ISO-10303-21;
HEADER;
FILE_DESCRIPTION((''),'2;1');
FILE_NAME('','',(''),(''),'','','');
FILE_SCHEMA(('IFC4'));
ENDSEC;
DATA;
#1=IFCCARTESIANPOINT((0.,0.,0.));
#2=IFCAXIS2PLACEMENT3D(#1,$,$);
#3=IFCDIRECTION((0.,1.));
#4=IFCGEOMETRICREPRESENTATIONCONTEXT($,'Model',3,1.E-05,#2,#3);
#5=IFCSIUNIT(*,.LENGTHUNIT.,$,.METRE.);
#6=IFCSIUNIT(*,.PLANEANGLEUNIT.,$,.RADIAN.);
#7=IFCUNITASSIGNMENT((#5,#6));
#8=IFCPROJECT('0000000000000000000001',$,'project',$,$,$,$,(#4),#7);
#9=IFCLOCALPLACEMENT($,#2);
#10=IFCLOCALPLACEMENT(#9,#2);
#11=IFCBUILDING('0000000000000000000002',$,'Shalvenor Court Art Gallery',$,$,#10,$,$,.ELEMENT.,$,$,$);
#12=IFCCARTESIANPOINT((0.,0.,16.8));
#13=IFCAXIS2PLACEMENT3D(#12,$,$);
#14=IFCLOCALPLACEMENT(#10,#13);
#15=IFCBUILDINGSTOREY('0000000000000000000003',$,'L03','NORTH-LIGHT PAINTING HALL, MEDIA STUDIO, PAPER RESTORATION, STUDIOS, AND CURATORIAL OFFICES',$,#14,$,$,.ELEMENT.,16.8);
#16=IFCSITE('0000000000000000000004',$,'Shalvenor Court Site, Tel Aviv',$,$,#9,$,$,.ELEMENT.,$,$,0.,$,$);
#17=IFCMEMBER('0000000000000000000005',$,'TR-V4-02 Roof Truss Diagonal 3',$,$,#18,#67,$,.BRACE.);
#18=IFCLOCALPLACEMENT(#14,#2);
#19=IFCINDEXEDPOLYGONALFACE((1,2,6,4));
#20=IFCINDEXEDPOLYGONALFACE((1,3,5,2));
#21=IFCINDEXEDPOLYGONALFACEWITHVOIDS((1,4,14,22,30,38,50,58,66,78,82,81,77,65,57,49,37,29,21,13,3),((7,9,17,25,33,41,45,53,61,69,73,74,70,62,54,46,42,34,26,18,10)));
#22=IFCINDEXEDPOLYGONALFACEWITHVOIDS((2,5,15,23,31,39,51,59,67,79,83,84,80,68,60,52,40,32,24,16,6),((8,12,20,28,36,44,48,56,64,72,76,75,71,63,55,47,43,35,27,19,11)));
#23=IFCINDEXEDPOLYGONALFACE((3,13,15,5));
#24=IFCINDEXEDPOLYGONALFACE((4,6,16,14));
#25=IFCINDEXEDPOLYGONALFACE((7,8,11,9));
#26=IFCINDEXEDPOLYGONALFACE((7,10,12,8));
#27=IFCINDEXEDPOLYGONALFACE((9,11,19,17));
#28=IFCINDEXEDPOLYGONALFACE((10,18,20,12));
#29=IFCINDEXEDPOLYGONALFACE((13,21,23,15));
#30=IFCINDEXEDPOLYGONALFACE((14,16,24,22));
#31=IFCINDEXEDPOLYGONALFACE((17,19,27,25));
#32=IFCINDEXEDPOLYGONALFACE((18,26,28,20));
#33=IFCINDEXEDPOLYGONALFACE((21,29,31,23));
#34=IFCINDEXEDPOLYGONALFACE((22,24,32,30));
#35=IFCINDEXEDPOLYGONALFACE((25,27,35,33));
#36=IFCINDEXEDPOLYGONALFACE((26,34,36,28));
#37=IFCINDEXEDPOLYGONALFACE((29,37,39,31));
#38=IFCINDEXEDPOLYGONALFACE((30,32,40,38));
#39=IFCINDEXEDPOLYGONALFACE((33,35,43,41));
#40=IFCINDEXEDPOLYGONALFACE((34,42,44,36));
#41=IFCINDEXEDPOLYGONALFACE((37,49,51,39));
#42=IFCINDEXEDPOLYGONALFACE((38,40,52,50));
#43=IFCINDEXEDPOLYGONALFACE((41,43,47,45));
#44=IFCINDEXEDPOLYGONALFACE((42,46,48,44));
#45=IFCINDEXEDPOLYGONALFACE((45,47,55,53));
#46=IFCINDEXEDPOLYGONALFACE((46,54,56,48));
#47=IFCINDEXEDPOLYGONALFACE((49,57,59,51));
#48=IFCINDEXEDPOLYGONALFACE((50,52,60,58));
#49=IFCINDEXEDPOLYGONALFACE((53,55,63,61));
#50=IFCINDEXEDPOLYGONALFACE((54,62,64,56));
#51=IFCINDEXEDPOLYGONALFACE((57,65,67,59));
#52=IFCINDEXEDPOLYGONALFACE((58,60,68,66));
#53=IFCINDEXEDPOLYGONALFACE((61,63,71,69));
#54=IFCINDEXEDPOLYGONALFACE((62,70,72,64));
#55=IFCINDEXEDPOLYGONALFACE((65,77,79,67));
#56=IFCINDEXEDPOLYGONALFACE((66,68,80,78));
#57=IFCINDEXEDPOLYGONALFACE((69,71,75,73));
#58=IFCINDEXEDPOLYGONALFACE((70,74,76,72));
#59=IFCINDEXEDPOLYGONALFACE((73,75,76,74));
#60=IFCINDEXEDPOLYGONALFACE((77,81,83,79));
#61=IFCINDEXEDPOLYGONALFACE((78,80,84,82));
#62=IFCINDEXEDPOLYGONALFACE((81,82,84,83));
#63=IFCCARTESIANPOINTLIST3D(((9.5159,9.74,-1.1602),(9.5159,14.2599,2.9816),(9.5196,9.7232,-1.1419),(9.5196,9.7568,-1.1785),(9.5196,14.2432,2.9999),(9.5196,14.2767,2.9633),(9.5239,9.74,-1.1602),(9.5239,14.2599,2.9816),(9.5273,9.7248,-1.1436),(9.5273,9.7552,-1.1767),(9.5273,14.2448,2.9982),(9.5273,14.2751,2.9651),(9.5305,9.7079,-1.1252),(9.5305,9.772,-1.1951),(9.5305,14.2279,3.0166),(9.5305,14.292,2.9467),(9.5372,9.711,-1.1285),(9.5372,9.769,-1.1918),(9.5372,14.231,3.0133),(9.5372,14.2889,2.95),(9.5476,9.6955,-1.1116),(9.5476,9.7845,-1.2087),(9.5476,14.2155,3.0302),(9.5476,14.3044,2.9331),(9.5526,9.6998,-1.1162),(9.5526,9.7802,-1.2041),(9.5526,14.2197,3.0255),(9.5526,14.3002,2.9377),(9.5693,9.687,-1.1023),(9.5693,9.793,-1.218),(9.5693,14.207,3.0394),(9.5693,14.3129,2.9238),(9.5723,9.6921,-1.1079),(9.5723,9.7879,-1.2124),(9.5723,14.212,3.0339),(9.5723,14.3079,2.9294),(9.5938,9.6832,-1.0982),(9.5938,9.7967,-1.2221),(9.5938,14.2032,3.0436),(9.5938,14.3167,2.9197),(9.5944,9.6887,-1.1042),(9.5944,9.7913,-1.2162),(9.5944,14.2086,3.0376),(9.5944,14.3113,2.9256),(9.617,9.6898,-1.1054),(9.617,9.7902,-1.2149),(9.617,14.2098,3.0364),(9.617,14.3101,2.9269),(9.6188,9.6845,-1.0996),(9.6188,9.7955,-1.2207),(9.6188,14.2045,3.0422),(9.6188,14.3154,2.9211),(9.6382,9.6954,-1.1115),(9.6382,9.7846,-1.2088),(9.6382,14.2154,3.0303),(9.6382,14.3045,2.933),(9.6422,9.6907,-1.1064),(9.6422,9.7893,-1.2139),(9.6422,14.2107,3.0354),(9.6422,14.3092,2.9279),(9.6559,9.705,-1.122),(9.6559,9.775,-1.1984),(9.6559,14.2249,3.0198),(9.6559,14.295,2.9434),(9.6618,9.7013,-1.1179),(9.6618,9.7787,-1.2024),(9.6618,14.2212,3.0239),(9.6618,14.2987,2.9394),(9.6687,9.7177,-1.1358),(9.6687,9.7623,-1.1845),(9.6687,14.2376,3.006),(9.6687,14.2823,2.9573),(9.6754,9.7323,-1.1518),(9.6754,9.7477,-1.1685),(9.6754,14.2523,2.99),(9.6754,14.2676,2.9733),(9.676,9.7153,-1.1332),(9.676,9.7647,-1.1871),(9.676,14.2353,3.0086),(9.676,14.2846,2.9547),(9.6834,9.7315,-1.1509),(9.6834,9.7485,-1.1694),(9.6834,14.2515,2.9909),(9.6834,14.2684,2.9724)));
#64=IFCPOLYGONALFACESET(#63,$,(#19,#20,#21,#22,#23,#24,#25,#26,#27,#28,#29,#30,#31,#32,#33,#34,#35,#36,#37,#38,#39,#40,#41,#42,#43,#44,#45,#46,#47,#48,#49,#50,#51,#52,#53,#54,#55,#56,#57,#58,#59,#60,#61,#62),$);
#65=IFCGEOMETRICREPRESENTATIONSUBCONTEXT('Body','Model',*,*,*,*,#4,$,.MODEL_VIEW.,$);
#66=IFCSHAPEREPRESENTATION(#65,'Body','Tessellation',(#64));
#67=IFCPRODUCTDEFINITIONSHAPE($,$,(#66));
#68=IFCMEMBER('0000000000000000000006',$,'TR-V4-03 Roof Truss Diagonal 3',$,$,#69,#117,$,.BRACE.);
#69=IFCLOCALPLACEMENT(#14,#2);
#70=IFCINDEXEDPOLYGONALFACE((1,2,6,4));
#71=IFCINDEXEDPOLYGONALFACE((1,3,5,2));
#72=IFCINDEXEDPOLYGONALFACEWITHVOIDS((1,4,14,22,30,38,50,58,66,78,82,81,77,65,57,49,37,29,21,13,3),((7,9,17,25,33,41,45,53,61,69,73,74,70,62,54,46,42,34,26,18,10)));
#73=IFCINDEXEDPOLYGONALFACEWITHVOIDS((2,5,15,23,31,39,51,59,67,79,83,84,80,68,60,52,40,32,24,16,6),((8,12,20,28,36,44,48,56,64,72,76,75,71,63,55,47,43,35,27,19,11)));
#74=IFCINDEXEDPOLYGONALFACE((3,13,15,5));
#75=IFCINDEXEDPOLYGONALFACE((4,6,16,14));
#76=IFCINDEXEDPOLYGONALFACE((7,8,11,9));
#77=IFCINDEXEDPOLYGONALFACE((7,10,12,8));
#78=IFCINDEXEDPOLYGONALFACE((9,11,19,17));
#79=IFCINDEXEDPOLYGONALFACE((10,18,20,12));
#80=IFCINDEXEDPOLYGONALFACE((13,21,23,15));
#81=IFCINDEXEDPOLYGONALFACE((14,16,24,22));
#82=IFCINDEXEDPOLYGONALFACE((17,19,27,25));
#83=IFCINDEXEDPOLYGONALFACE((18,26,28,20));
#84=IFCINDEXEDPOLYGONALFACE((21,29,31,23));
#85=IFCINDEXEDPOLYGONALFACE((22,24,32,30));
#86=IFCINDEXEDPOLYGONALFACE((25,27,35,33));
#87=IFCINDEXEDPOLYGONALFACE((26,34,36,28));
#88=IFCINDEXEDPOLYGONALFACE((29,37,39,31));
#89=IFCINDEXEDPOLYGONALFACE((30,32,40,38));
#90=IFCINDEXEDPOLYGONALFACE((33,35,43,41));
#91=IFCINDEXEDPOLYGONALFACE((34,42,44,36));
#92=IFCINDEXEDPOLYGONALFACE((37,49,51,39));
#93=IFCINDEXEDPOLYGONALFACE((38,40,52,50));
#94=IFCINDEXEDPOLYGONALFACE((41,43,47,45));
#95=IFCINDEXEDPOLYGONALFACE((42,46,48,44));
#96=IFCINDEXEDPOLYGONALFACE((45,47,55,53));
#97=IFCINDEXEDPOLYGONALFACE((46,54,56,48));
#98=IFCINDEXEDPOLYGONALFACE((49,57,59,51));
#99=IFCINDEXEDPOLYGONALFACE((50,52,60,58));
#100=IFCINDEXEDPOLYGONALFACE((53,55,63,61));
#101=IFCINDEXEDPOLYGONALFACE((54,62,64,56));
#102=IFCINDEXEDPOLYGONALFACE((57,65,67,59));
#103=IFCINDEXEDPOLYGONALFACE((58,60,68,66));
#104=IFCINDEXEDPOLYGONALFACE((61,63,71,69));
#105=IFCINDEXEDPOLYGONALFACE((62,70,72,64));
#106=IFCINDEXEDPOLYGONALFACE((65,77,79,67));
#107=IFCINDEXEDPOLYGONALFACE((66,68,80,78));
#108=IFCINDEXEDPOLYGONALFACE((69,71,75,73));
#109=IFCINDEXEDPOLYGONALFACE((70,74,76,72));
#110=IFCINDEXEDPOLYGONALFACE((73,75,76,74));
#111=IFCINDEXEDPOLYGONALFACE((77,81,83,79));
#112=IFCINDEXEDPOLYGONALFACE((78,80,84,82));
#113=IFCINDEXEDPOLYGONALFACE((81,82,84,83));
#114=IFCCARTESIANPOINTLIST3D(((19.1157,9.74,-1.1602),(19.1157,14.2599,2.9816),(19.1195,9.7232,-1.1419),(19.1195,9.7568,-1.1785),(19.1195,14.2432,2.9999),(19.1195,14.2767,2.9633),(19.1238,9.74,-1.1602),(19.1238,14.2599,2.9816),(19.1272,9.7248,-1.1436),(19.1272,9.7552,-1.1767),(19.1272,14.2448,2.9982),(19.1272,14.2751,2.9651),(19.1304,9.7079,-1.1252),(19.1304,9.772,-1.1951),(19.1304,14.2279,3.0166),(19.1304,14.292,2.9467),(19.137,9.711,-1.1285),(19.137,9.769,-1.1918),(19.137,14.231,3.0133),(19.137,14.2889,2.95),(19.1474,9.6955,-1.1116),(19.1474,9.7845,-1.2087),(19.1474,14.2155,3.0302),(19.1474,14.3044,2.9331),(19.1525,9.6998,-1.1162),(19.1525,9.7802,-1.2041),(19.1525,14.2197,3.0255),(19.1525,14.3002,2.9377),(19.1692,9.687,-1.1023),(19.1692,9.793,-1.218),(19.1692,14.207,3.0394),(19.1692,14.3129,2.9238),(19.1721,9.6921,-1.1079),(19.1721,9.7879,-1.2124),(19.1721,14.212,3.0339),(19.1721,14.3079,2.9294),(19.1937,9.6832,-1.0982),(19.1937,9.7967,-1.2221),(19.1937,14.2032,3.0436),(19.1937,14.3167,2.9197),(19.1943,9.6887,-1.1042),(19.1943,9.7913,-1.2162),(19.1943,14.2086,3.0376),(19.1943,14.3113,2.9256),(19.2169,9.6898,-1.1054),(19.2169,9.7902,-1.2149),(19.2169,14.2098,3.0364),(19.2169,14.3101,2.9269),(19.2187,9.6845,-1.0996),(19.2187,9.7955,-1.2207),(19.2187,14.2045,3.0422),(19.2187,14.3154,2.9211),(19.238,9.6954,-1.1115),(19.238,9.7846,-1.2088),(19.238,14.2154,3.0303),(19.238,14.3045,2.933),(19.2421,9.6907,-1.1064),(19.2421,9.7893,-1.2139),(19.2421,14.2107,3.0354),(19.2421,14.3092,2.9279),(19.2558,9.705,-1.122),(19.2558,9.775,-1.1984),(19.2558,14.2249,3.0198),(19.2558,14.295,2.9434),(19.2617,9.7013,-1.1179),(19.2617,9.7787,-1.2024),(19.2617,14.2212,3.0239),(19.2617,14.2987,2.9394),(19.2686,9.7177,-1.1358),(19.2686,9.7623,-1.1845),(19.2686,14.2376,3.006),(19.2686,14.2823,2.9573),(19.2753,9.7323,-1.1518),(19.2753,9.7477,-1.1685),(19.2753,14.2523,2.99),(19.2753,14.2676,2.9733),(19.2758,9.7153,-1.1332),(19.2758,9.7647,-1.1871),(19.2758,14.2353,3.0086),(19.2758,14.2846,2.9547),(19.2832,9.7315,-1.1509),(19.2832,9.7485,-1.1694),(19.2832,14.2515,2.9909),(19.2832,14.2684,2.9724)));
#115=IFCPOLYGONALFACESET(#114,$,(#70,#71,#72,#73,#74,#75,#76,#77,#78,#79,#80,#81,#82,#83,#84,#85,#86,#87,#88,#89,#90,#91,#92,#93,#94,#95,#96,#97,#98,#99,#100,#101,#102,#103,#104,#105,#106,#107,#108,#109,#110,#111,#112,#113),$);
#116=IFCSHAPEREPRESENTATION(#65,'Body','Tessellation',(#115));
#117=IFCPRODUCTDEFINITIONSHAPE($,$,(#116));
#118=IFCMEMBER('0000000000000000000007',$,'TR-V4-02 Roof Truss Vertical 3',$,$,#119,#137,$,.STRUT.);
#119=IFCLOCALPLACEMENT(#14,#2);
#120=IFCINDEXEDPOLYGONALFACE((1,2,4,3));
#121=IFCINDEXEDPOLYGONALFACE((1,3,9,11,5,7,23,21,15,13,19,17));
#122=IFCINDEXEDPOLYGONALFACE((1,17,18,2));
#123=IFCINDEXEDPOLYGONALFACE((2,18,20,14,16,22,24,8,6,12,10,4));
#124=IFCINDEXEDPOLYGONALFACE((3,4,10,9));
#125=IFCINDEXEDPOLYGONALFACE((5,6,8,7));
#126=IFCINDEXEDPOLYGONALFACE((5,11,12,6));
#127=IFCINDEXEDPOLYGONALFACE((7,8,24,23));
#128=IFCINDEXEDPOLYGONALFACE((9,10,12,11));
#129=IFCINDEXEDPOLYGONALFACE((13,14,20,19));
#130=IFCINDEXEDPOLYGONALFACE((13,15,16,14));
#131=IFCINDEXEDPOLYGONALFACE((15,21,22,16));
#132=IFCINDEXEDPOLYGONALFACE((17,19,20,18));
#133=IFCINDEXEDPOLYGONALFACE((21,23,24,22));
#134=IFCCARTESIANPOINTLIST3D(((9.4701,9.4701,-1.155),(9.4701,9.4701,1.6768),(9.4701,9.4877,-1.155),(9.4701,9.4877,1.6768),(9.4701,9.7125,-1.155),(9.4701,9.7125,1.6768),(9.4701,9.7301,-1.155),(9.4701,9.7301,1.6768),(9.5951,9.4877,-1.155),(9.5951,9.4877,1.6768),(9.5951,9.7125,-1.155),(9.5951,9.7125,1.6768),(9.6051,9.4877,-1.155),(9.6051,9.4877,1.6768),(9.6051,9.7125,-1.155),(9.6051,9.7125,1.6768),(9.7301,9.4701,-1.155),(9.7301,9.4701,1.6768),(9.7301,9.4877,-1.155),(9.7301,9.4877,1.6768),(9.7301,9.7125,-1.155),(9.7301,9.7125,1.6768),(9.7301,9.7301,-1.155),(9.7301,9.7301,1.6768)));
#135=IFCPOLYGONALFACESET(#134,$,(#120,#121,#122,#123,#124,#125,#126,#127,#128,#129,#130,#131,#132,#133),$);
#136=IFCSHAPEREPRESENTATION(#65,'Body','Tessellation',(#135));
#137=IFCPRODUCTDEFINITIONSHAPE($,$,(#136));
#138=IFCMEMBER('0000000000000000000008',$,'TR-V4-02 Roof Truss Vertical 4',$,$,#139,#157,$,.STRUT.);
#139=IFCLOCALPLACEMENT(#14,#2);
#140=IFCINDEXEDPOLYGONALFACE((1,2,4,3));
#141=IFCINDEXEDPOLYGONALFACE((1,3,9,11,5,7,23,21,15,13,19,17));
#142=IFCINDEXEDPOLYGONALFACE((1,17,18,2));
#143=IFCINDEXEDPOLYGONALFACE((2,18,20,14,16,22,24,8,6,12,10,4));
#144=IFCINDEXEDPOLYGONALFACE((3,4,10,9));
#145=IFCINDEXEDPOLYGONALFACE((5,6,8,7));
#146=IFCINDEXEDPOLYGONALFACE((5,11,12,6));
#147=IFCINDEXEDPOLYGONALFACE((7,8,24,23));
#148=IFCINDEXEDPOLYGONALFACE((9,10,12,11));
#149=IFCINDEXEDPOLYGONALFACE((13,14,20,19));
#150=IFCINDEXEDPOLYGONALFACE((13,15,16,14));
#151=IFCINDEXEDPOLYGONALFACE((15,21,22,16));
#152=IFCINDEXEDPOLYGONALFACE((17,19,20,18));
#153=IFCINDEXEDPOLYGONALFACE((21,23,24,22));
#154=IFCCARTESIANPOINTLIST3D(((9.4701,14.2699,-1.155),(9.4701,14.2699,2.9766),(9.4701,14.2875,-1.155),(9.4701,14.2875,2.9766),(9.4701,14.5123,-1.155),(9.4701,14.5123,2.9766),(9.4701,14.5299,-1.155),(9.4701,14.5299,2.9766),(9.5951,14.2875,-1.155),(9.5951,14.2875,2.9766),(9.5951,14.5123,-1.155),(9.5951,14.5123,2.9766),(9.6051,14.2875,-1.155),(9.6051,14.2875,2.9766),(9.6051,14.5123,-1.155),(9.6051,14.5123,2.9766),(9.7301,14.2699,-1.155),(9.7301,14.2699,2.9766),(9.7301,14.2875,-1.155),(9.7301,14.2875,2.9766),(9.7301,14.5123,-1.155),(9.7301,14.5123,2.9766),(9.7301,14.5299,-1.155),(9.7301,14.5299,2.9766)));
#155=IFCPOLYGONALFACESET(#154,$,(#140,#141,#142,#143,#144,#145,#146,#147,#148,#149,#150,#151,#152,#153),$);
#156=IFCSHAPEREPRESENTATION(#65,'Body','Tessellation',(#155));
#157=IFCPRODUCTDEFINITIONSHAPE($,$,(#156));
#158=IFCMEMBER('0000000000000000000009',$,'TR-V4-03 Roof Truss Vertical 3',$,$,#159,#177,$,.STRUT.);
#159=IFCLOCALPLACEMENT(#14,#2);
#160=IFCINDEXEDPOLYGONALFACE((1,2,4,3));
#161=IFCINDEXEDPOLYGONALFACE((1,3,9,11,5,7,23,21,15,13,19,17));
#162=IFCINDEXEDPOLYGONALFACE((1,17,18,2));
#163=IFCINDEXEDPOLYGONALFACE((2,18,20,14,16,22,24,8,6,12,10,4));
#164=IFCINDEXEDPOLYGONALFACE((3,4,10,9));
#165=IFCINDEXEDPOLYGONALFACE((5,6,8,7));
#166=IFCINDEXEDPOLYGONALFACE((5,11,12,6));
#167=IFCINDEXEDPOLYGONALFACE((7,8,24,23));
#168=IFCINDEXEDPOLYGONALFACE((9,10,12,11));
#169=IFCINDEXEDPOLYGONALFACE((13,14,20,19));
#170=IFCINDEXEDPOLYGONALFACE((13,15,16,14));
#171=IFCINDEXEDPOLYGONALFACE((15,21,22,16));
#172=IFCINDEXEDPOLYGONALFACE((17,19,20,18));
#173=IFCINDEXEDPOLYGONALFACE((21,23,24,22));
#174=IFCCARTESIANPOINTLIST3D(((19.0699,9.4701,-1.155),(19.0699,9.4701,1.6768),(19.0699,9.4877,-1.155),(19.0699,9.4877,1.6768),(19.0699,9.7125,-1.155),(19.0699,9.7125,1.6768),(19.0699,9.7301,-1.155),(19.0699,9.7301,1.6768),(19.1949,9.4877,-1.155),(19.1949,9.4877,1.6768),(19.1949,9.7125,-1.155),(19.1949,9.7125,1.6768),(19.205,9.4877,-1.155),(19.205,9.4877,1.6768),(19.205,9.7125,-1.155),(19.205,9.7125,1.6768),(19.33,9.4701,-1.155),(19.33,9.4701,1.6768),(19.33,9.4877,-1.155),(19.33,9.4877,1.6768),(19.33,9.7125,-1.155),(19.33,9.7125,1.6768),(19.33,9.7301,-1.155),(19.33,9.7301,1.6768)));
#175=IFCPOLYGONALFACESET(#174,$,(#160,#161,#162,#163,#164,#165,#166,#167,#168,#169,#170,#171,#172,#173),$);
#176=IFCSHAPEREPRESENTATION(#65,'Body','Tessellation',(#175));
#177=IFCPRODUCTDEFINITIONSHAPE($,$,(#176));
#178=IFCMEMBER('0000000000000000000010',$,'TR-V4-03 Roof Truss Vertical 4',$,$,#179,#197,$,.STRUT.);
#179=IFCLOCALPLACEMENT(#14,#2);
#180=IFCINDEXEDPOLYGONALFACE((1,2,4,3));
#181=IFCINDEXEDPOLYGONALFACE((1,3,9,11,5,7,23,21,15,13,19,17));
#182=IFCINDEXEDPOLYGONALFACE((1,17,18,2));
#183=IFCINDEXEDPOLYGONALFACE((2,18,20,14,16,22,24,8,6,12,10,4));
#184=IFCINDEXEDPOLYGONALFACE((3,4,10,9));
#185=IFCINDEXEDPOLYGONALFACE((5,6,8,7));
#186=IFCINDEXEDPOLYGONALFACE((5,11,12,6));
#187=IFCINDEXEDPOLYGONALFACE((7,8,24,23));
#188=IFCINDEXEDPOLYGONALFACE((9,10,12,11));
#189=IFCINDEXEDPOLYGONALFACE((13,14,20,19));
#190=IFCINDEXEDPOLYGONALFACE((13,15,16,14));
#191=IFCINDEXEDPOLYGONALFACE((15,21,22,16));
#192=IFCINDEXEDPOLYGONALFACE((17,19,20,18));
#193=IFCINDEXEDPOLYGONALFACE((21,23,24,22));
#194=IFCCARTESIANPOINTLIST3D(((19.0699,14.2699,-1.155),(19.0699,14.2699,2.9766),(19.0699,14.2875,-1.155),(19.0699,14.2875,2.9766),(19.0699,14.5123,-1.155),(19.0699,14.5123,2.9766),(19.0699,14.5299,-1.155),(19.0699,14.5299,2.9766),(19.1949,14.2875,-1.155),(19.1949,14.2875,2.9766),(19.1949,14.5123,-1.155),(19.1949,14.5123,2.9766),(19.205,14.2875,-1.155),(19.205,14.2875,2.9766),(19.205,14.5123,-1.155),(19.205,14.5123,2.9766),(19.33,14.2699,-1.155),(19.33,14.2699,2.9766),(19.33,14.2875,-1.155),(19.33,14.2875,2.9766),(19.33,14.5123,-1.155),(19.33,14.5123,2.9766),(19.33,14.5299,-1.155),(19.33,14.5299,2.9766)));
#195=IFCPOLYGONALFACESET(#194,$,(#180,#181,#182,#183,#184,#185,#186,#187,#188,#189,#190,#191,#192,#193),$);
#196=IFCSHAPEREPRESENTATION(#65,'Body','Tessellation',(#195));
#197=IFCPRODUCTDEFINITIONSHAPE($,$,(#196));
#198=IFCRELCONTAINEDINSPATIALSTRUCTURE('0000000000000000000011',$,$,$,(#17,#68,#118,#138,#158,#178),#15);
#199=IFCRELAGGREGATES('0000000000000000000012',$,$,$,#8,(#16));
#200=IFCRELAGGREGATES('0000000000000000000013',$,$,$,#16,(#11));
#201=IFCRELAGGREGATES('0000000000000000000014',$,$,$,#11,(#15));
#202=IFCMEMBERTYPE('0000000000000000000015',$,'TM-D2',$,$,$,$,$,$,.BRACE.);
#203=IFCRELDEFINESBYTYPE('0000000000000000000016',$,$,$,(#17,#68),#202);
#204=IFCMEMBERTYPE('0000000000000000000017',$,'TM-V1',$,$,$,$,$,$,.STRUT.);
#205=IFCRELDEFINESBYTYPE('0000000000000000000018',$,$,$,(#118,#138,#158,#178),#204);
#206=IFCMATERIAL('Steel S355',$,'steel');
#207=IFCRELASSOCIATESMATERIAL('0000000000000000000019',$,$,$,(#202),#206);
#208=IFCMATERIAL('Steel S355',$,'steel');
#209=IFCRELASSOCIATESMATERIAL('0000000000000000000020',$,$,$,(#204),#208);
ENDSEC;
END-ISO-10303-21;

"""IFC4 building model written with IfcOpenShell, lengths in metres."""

from ifc_helpers import new_model, si_unit, direction, frame, origin, origin_2d, place, context, subcontext, project, spatial, hollow_circle, i_section, extrude, material, material_profile, profile_set, type_object, element, save


model = new_model("IFC4")

# Units and contexts
model_context = context("Model", 3, precision=1e-05, world=origin(), true_north=direction((0.0, 1.0)))
body_context = subcontext(model_context, "Body", "Model", "MODEL_VIEW")
ifc_project = project(units=[si_unit("LENGTHUNIT", "METRE"), si_unit("PLANEANGLEUNIT", "RADIAN")], contexts=[model_context])

# Site, building, storey
site_placement = place(None, origin())
site = spatial("IfcSite", under=ifc_project, at=site_placement, Name="Shalvenor Court Site, Tel Aviv", CompositionType="ELEMENT", RefElevation=0.0)
building_placement = place(site_placement, origin())
building = spatial("IfcBuilding", under=site, at=building_placement, Name="Shalvenor Court Art Gallery", CompositionType="ELEMENT")
storey_placement = place(building_placement, frame((0.0, 0.0, 16.8)))
storey = spatial("IfcBuildingStorey", under=building, at=storey_placement, Name="L03", Description="NORTH-LIGHT PAINTING HALL, MEDIA STUDIO, PAPER RESTORATION, STUDIOS, AND CURATORIAL OFFICES", CompositionType="ELEMENT", Elevation=16.8)

# Members
ifc_material_1 = material(Name="Steel S355", Category="steel")
ifc_material_profile_1 = material_profile(ifc_material_1, hollow_circle(Radius=0.0842, WallThickness=0.0081, at=origin_2d()), Name="CHS 168.3x8.0")
ifc_profile_set_1 = profile_set([ifc_material_profile_1], Name="Steel S355")
member_type_1 = type_object("IfcMemberType", Name="TM-D2", PredefinedType="BRACE", material=ifc_profile_set_1)
for number, where, z_axis, x_axis, name in (
    (1, (9.6001, 9.74, -1.1602), (0.0, 0.737276, 0.675591), (-1.0, 0.0, 0.0), "TR-V4-02 Roof Truss Diagonal 3"),
    (2, (19.2, 9.74, -1.1602), (0.0, 0.737276, 0.675591), (-1.0, 0.0, 0.0), "TR-V4-03 Roof Truss Diagonal 3"),
):
    element("IfcMember", number, at=place(storey_placement, frame(where, z_axis=z_axis, x_axis=x_axis)), inside=storey, type_object=member_type_1, Name=name, PredefinedType="BRACE", context=body_context, shape_type="SweptSolid", body=[
        extrude(hollow_circle(Radius=0.0842, WallThickness=0.0081, at=origin_2d()), origin(), (0.0, 0.0, 1.0), 6.1306),
    ])
ifc_material_2 = material(Name="Steel S355", Category="steel")
ifc_material_profile_2 = material_profile(ifc_material_2, i_section(OverallWidth=0.26, OverallDepth=0.26, WebThickness=0.01, FlangeThickness=0.0176, at=origin_2d()), Name="HEB 260")
ifc_profile_set_2 = profile_set([ifc_material_profile_2], Name="Steel S355")
member_type_2 = type_object("IfcMemberType", Name="TM-V1", PredefinedType="STRUT", material=ifc_profile_set_2)
member_1_placement = place(storey_placement, frame((9.6001, 9.6001, -1.155), z_axis=(0.0, 0.0, 1.0), x_axis=(1.0, 0.0, 0.0)))
element("IfcMember", 3, at=member_1_placement, inside=storey, type_object=member_type_2, Name="TR-V4-02 Roof Truss Vertical 3", PredefinedType="STRUT", context=body_context, shape_type="SweptSolid", body=[
    extrude(i_section(OverallWidth=0.26, OverallDepth=0.26, WebThickness=0.01, FlangeThickness=0.0176, at=origin_2d()), origin(), (0.0, 0.0, 1.0), 2.8318),
])
member_2_placement = place(storey_placement, frame((9.6001, 14.3999, -1.155), z_axis=(0.0, 0.0, 1.0), x_axis=(1.0, 0.0, 0.0)))
element("IfcMember", 4, at=member_2_placement, inside=storey, type_object=member_type_2, Name="TR-V4-02 Roof Truss Vertical 4", PredefinedType="STRUT", context=body_context, shape_type="SweptSolid", body=[
    extrude(i_section(OverallWidth=0.26, OverallDepth=0.26, WebThickness=0.01, FlangeThickness=0.0176, at=origin_2d()), origin(), (0.0, 0.0, 1.0), 4.1316),
])
member_3_placement = place(storey_placement, frame((19.2, 9.6001, -1.155), z_axis=(0.0, 0.0, 1.0), x_axis=(1.0, 0.0, 0.0)))
element("IfcMember", 5, at=member_3_placement, inside=storey, type_object=member_type_2, Name="TR-V4-03 Roof Truss Vertical 3", PredefinedType="STRUT", context=body_context, shape_type="SweptSolid", body=[
    extrude(i_section(OverallWidth=0.26, OverallDepth=0.26, WebThickness=0.01, FlangeThickness=0.0176, at=origin_2d()), origin(), (0.0, 0.0, 1.0), 2.8318),
])
member_4_placement = place(storey_placement, frame((19.2, 14.3999, -1.155), z_axis=(0.0, 0.0, 1.0), x_axis=(1.0, 0.0, 0.0)))
element("IfcMember", 6, at=member_4_placement, inside=storey, type_object=member_type_2, Name="TR-V4-03 Roof Truss Vertical 4", PredefinedType="STRUT", context=body_context, shape_type="SweptSolid", body=[
    extrude(i_section(OverallWidth=0.26, OverallDepth=0.26, WebThickness=0.01, FlangeThickness=0.0176, at=origin_2d()), origin(), (0.0, 0.0, 1.0), 4.1316),
])

save(model, "model.ifc")
